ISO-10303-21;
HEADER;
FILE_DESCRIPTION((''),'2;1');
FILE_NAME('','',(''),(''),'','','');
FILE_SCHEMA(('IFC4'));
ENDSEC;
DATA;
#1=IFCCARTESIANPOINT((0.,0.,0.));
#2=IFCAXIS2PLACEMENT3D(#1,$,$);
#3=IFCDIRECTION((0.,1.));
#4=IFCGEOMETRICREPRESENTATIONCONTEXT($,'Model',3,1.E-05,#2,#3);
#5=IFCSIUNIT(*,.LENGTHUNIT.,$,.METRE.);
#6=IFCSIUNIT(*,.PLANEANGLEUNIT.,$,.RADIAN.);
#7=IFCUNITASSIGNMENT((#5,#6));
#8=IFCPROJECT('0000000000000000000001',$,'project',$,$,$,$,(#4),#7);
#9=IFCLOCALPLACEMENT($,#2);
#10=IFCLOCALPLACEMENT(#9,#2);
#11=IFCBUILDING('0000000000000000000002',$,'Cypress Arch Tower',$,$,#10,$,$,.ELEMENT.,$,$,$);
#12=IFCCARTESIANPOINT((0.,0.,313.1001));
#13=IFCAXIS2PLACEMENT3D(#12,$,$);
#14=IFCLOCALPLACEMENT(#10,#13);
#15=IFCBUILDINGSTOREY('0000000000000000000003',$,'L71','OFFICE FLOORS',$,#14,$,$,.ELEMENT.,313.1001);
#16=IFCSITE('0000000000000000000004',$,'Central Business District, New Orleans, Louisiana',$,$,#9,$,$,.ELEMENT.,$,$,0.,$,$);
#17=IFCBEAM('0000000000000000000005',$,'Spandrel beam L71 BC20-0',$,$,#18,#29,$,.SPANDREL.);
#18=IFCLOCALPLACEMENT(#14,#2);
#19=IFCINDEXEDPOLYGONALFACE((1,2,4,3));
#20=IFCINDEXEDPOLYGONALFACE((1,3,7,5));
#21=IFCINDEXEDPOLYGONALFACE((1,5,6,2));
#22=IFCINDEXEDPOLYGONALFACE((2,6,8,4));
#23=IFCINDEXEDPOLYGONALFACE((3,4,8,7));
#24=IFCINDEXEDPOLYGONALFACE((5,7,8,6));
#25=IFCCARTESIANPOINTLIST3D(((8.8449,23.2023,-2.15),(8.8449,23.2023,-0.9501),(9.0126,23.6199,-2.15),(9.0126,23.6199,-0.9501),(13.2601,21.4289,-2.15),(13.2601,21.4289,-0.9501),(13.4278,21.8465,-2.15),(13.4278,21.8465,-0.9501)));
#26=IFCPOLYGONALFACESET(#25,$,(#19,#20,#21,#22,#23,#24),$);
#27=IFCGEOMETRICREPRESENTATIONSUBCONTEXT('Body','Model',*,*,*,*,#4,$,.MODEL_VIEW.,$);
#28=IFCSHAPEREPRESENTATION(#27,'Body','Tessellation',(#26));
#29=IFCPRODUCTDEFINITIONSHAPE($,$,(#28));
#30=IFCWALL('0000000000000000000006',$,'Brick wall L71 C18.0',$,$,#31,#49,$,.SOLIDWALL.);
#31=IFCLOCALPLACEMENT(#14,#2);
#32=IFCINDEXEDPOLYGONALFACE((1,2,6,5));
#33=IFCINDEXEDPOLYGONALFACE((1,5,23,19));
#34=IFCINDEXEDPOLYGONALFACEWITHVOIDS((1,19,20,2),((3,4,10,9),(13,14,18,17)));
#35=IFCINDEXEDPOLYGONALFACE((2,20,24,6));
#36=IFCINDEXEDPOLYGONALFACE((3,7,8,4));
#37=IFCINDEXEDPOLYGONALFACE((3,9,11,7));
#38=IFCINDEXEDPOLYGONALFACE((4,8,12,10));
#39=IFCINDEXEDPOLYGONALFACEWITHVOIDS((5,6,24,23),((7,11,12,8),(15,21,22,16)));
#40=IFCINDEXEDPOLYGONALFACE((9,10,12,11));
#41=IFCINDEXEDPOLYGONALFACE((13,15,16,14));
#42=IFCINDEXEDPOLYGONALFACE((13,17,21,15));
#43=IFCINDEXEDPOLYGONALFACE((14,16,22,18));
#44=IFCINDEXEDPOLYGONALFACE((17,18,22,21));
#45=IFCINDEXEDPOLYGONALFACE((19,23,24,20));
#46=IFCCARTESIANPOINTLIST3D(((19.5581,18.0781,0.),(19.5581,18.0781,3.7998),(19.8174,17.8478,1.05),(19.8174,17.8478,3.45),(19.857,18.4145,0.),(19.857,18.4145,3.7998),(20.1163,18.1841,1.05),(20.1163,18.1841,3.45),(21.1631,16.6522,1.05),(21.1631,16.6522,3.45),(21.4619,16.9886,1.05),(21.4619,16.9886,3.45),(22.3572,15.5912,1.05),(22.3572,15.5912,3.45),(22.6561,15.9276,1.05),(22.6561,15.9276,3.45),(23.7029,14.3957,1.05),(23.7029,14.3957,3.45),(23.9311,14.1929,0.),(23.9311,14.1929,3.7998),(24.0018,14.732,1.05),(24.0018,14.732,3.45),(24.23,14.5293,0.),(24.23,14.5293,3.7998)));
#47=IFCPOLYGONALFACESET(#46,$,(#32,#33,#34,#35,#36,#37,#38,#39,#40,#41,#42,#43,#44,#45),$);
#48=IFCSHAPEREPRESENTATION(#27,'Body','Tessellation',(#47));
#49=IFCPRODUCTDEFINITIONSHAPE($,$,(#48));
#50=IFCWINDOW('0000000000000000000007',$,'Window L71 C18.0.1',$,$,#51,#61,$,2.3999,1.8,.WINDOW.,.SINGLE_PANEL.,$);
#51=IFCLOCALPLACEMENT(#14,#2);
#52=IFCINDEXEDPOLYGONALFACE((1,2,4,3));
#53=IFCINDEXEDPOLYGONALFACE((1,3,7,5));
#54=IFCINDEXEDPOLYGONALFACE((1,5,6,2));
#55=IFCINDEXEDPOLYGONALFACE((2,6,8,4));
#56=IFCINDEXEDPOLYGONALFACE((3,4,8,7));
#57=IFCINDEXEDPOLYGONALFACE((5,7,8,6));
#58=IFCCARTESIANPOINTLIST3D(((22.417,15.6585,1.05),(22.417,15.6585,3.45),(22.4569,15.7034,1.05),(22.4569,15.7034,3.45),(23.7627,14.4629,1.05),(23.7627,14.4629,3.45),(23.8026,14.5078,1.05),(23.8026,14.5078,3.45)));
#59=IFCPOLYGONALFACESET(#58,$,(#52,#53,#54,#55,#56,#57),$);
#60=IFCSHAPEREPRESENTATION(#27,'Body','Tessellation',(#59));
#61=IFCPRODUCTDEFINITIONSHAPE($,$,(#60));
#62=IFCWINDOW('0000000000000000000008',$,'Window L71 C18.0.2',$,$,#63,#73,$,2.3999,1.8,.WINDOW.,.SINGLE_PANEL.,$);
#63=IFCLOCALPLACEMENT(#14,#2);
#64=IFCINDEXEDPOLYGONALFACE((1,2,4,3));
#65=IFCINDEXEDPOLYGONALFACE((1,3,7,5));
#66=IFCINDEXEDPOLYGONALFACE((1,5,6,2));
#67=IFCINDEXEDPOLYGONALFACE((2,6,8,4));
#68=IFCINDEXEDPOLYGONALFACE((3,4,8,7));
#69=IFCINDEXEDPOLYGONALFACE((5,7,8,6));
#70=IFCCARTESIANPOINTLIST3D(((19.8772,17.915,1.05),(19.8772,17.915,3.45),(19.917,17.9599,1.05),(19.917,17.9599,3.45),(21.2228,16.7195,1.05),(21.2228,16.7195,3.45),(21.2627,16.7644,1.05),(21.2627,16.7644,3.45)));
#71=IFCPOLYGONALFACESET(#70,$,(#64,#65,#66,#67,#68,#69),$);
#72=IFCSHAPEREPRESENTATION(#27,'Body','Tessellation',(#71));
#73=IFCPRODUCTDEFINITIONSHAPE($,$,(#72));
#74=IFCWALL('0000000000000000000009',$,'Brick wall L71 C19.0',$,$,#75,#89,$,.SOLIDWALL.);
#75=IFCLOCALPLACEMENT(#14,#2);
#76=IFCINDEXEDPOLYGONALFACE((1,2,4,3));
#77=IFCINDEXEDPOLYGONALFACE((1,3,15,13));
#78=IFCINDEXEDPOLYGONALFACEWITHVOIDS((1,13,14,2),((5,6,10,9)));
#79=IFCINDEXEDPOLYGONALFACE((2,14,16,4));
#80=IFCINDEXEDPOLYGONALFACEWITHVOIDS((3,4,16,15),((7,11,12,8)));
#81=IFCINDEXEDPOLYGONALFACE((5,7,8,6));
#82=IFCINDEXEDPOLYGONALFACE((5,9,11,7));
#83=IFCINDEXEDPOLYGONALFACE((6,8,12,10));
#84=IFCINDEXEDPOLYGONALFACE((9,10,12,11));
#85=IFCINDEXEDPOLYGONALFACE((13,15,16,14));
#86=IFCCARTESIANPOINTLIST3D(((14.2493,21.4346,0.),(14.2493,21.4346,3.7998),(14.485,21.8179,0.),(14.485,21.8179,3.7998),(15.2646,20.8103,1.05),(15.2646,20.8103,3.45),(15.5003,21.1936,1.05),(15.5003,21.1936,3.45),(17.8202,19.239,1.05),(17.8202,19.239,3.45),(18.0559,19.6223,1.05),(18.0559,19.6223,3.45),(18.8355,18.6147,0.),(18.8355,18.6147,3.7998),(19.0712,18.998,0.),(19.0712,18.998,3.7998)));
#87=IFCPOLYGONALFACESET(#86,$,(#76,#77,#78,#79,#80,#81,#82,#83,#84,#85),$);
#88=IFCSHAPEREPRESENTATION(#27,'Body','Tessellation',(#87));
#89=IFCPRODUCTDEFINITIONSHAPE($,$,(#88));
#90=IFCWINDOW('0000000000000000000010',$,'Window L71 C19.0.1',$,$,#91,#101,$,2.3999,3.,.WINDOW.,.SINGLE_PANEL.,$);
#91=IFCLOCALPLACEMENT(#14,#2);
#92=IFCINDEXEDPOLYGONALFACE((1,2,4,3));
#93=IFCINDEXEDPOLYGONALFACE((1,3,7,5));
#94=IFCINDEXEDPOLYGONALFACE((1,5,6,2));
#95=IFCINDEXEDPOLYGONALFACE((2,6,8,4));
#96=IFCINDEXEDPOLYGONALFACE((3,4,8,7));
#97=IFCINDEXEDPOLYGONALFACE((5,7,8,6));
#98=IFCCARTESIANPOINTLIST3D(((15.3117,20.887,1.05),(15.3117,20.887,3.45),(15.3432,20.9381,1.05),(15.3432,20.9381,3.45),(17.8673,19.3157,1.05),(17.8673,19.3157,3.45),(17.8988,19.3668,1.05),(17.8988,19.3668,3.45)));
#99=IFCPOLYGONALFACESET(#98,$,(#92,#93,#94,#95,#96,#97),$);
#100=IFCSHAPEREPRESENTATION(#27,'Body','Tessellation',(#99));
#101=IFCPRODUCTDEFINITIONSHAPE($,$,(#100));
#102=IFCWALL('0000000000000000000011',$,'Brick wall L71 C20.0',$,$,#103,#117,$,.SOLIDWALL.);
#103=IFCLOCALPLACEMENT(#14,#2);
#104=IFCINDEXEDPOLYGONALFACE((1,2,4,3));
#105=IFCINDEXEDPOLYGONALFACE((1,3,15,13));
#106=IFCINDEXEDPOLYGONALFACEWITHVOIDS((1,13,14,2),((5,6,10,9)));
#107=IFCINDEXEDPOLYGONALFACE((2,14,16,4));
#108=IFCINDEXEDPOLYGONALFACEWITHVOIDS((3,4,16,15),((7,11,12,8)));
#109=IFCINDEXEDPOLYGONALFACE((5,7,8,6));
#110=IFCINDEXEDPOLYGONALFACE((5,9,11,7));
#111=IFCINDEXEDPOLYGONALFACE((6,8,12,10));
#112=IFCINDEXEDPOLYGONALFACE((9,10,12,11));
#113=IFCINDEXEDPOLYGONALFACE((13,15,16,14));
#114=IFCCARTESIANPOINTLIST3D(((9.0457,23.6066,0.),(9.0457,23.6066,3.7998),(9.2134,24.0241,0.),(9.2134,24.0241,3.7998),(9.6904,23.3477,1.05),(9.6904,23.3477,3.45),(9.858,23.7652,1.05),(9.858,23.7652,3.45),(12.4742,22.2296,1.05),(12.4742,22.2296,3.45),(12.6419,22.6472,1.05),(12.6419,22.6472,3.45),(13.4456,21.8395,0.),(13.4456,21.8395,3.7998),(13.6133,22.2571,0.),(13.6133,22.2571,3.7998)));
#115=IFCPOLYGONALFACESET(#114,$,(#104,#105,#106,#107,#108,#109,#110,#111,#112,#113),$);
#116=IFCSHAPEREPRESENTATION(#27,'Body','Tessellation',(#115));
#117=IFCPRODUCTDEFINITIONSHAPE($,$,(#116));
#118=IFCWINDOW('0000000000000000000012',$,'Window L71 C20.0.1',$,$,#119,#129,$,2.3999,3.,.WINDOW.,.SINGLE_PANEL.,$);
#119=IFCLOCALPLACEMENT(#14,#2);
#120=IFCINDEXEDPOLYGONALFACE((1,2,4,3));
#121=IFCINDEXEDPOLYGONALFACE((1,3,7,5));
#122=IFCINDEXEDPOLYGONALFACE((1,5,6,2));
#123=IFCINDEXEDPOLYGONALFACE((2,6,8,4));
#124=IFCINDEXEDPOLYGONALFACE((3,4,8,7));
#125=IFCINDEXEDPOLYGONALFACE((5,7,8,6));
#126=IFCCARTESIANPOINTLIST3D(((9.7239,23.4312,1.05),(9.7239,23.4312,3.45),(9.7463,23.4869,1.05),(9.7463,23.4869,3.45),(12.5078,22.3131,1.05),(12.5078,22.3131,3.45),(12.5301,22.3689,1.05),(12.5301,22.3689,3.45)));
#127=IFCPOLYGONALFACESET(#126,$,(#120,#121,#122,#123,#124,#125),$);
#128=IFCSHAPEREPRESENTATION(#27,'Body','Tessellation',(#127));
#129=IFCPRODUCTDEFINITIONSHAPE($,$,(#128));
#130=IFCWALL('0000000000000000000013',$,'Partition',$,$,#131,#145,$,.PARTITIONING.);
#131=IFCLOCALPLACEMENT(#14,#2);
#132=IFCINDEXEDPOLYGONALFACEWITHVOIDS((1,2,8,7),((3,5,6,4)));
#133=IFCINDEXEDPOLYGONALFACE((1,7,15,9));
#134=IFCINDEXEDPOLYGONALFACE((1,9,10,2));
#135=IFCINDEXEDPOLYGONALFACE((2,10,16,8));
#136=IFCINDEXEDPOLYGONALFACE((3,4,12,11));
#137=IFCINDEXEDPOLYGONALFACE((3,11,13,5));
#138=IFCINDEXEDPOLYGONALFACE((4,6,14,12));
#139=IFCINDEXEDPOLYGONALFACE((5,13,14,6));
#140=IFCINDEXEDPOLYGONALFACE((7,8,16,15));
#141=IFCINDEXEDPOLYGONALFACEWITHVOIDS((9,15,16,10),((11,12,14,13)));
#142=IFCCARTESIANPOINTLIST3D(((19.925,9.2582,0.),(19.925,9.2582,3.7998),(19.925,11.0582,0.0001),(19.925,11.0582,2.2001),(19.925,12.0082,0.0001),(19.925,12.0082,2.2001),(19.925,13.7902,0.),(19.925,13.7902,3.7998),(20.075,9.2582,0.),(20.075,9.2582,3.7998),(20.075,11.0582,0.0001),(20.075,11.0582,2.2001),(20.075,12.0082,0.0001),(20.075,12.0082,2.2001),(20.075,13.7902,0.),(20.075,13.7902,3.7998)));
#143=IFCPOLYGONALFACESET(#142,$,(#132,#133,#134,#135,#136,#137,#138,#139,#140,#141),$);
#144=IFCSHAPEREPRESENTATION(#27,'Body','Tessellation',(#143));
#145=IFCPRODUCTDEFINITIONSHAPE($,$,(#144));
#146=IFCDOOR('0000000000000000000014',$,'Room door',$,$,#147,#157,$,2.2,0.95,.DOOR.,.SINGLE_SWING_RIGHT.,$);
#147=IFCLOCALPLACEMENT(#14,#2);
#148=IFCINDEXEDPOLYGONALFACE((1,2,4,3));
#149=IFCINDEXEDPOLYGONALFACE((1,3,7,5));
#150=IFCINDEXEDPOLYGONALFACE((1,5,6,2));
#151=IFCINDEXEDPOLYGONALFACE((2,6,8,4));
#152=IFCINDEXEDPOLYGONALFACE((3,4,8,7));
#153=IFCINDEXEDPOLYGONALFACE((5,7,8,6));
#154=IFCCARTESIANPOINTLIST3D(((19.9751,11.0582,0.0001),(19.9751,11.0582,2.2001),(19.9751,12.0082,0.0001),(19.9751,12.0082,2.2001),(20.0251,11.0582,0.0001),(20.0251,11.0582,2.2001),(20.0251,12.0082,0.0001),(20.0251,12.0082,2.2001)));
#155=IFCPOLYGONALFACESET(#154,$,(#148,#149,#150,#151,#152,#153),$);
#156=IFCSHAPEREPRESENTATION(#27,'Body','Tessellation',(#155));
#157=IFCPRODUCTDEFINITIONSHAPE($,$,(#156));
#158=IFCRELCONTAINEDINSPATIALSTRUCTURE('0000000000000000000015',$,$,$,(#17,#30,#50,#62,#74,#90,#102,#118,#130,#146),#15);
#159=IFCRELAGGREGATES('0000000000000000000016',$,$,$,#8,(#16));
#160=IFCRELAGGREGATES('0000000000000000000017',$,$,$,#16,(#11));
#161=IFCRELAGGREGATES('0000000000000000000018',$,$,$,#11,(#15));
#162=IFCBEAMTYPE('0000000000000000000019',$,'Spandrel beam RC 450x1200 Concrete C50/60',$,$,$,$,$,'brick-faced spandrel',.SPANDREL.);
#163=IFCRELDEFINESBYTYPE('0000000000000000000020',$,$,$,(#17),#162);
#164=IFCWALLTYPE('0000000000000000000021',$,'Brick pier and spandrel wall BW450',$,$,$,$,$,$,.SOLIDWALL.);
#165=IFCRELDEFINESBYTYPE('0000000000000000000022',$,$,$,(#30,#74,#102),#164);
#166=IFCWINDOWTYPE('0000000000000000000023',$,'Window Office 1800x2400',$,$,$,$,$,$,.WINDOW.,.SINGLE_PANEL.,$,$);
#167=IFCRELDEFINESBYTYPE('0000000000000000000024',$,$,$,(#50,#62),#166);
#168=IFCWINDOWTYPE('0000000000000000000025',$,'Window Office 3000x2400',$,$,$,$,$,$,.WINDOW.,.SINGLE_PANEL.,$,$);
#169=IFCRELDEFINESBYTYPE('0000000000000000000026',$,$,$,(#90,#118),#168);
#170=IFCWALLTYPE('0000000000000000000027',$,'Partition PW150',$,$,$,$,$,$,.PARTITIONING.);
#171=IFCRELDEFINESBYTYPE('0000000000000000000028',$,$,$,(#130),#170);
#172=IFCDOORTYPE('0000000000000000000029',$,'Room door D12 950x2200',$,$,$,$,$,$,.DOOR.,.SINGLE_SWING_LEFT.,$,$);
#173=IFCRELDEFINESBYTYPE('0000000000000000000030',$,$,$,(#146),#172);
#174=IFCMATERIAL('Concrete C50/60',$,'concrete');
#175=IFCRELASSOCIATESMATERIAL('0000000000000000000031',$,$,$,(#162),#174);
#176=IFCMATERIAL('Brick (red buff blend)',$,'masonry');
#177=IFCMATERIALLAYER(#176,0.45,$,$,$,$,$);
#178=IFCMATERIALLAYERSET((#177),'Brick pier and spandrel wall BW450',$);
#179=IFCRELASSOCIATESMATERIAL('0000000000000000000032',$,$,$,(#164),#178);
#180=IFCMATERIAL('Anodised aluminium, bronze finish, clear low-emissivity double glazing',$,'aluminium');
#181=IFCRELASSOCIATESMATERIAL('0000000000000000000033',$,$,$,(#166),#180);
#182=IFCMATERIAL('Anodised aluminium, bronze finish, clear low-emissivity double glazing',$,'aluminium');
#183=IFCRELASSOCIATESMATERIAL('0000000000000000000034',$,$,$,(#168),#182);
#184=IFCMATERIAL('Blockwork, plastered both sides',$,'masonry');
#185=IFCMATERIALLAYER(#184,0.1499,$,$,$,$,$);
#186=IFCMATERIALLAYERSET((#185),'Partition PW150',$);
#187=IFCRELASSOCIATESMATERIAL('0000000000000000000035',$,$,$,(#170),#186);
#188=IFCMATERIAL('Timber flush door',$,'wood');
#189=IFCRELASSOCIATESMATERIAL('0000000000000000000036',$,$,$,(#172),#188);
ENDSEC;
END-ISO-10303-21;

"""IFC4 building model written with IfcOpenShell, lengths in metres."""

from ifc_helpers import new_model, si_unit, direction, frame, frame_2d, origin, origin_2d, place, context, subcontext, project, spatial, rectangle, extrude, material, layer, layer_set, material_profile, profile_set, type_object, element, fill, save


model = new_model("IFC4")

# Units and contexts
model_context = context("Model", 3, precision=1e-05, world=origin(), true_north=direction((0.0, 1.0)))
body_context = subcontext(model_context, "Body", "Model", "MODEL_VIEW")
ifc_project = project(units=[si_unit("LENGTHUNIT", "METRE"), si_unit("PLANEANGLEUNIT", "RADIAN")], contexts=[model_context])

# Site, building, storey
site_placement = place(None, origin())
site = spatial("IfcSite", under=ifc_project, at=site_placement, Name="Central Business District, New Orleans, Louisiana", CompositionType="ELEMENT", RefElevation=0.0)
building_placement = place(site_placement, origin())
building = spatial("IfcBuilding", under=site, at=building_placement, Name="Cypress Arch Tower", CompositionType="ELEMENT")
storey_placement = place(building_placement, frame((0.0, 0.0, 313.1001)))
storey = spatial("IfcBuildingStorey", under=building, at=storey_placement, Name="L71", Description="OFFICE FLOORS", CompositionType="ELEMENT", Elevation=313.1001)

# Beam
ifc_material_1 = material(Name="Concrete C50/60", Category="concrete")
ifc_material_profile_1 = material_profile(ifc_material_1, rectangle(XDim=0.45, YDim=1.2, at=origin_2d()), Name="RC 450x1200")
ifc_profile_set_1 = profile_set([ifc_material_profile_1], Name="Concrete C50/60")
beam_type = type_object("IfcBeamType", Name="Spandrel beam RC 450x1200 Concrete C50/60", ElementType="brick-faced spandrel", PredefinedType="SPANDREL", material=ifc_profile_set_1)
beam_1_placement = place(storey_placement, frame((13.344, 21.6377, -1.55), z_axis=(-0.927945, 0.372717, 0.0), x_axis=(-0.372717, -0.927945, 0.0)))
element("IfcBeam", 1, at=beam_1_placement, inside=storey, type_object=beam_type, Name="Spandrel beam L71 BC20-0", PredefinedType="SPANDREL", context=body_context, shape_type="SweptSolid", body=[
    extrude(rectangle(XDim=0.45, YDim=1.2, at=origin_2d()), origin(), (0.0, 0.0, 1.0), 4.7581),
])

# Wall, openings, windows
ifc_material_2 = material(Name="Brick (red buff blend)", Category="masonry")
ifc_layer_1 = layer(ifc_material_2, 0.45)
ifc_layer_set_1 = layer_set([ifc_layer_1], Name="Brick pier and spandrel wall BW450")
wall_type_1 = type_object("IfcWallType", Name="Brick pier and spandrel wall BW450", PredefinedType="SOLIDWALL", material=ifc_layer_set_1)
wall_1_placement = place(storey_placement, frame((24.0806, 14.3611, 0.0), z_axis=(0.0, 0.0, 1.0), x_axis=(-0.74757, 0.664182, 0.0)))
wall_1 = element("IfcWall", 2, at=wall_1_placement, inside=storey, type_object=wall_type_1, Name="Brick wall L71 C18.0", PredefinedType="SOLIDWALL", context=body_context, shape_type="SweptSolid", body=[
    extrude(rectangle(XDim=5.8496, YDim=0.45, at=frame_2d((2.9248, 0.0))), origin(), (0.0, 0.0, 1.0), 3.7998),
])
opening_1_placement = place(wall_1_placement, frame((0.3054, 0.0, 1.05)))
opening_1 = element("IfcOpeningElement", 3, at=opening_1_placement, cuts=wall_1, PredefinedType="OPENING", context=body_context, shape_type="SweptSolid", body=[
    extrude(rectangle(XDim=1.8, YDim=2.3999, at=frame_2d((0.8999, 1.2))), frame((0.0, 0.2349, 0.0), z_axis=(0.0, -1.0, 0.0), x_axis=(1.0, 0.0, 0.0)), (0.0, 0.0, 1.0), 0.47),
])
opening_2_placement = place(wall_1_placement, frame((3.7029, 0.0, 1.05)))
opening_2 = element("IfcOpeningElement", 4, at=opening_2_placement, cuts=wall_1, PredefinedType="OPENING", context=body_context, shape_type="SweptSolid", body=[
    extrude(rectangle(XDim=1.8, YDim=2.3999, at=frame_2d((0.8999, 1.2))), frame((0.0, 0.2349, 0.0), z_axis=(0.0, -1.0, 0.0), x_axis=(1.0, 0.0, 0.0)), (0.0, 0.0, 1.0), 0.47),
])
ifc_material_3 = material(Name="Anodised aluminium, bronze finish, clear low-emissivity double glazing", Category="aluminium")
window_type_1 = type_object("IfcWindowType", Name="Window Office 1800x2400", PartitioningType="SINGLE_PANEL", PredefinedType="WINDOW", material=ifc_material_3)
window_1_placement = place(opening_1_placement, origin())
window_1 = element("IfcWindow", 5, at=window_1_placement, inside=storey, type_object=window_type_1, Name="Window L71 C18.0.1", OverallHeight=2.3999, OverallWidth=1.8, PartitioningType="SINGLE_PANEL", PredefinedType="WINDOW", context=body_context, shape_type="SweptSolid", body=[
    extrude(rectangle(XDim=1.8, YDim=2.3999, at=frame_2d((0.8999, 1.2))), frame((0.0, 0.135, 0.0), z_axis=(0.0, -1.0, 0.0), x_axis=(1.0, 0.0, 0.0)), (0.0, 0.0, 1.0), 0.0601),
])
fill(opening_1, window_1)
window_2_placement = place(opening_2_placement, origin())
window_2 = element("IfcWindow", 6, at=window_2_placement, inside=storey, type_object=window_type_1, Name="Window L71 C18.0.2", OverallHeight=2.3999, OverallWidth=1.8, PartitioningType="SINGLE_PANEL", PredefinedType="WINDOW", context=body_context, shape_type="SweptSolid", body=[
    extrude(rectangle(XDim=1.8, YDim=2.3999, at=frame_2d((0.8999, 1.2))), frame((0.0, 0.135, 0.0), z_axis=(0.0, -1.0, 0.0), x_axis=(1.0, 0.0, 0.0)), (0.0, 0.0, 1.0), 0.0601),
])
fill(opening_2, window_2)

# Walls, openings, windows
wall_2_placement = place(storey_placement, frame((18.9534, 18.8064, 0.0), z_axis=(0.0, 0.0, 1.0), x_axis=(-0.851861, 0.523768, 0.0)))
wall_2 = element("IfcWall", 7, at=wall_2_placement, inside=storey, type_object=wall_type_1, Name="Brick wall L71 C19.0", PredefinedType="SOLIDWALL", context=body_context, shape_type="SweptSolid", body=[
    extrude(rectangle(XDim=5.3838, YDim=0.45, at=frame_2d((2.6919, 0.0))), origin(), (0.0, 0.0, 1.0), 3.7998),
])
opening_3_placement = place(wall_2_placement, frame((1.1919, 0.0, 1.05)))
opening_3 = element("IfcOpeningElement", 8, at=opening_3_placement, cuts=wall_2, PredefinedType="OPENING", context=body_context, shape_type="SweptSolid", body=[
    extrude(rectangle(XDim=3.0, YDim=2.3999, at=frame_2d((1.5, 1.2))), frame((0.0, 0.2349, 0.0), z_axis=(0.0, -1.0, 0.0), x_axis=(1.0, 0.0, 0.0)), (0.0, 0.0, 1.0), 0.47),
])
ifc_material_4 = material(Name="Anodised aluminium, bronze finish, clear low-emissivity double glazing", Category="aluminium")
window_type_2 = type_object("IfcWindowType", Name="Window Office 3000x2400", PartitioningType="SINGLE_PANEL", PredefinedType="WINDOW", material=ifc_material_4)
window_3_placement = place(opening_3_placement, origin())
window_3 = element("IfcWindow", 9, at=window_3_placement, inside=storey, type_object=window_type_2, Name="Window L71 C19.0.1", OverallHeight=2.3999, OverallWidth=3.0, PartitioningType="SINGLE_PANEL", PredefinedType="WINDOW", context=body_context, shape_type="SweptSolid", body=[
    extrude(rectangle(XDim=3.0, YDim=2.3999, at=frame_2d((1.5, 1.2))), frame((0.0, 0.135, 0.0), z_axis=(0.0, -1.0, 0.0), x_axis=(1.0, 0.0, 0.0)), (0.0, 0.0, 1.0), 0.0601),
])
fill(opening_3, window_3)
wall_3_placement = place(storey_placement, frame((13.5293, 22.0483, 0.0), z_axis=(0.0, 0.0, 1.0), x_axis=(-0.927957, 0.372686, 0.0)))
wall_3 = element("IfcWall", 10, at=wall_3_placement, inside=storey, type_object=wall_type_1, Name="Brick wall L71 C20.0", PredefinedType="SOLIDWALL", context=body_context, shape_type="SweptSolid", body=[
    extrude(rectangle(XDim=4.7415, YDim=0.45, at=frame_2d((2.3706, 0.0))), origin(), (0.0, 0.0, 1.0), 3.7998),
])
opening_4_placement = place(wall_3_placement, frame((1.0466, 0.0, 1.05)))
opening_4 = element("IfcOpeningElement", 11, at=opening_4_placement, cuts=wall_3, PredefinedType="OPENING", context=body_context, shape_type="SweptSolid", body=[
    extrude(rectangle(XDim=3.0, YDim=2.3999, at=frame_2d((1.5, 1.2))), frame((0.0, 0.2349, 0.0), z_axis=(0.0, -1.0, 0.0), x_axis=(1.0, 0.0, 0.0)), (0.0, 0.0, 1.0), 0.47),
])
window_4_placement = place(opening_4_placement, origin())
window_4 = element("IfcWindow", 12, at=window_4_placement, inside=storey, type_object=window_type_2, Name="Window L71 C20.0.1", OverallHeight=2.3999, OverallWidth=3.0, PartitioningType="SINGLE_PANEL", PredefinedType="WINDOW", context=body_context, shape_type="SweptSolid", body=[
    extrude(rectangle(XDim=3.0, YDim=2.3999, at=frame_2d((1.5, 1.2))), frame((0.0, 0.135, 0.0), z_axis=(0.0, -1.0, 0.0), x_axis=(1.0, 0.0, 0.0)), (0.0, 0.0, 1.0), 0.0601),
])
fill(opening_4, window_4)

# Wall, opening, door
ifc_material_5 = material(Name="Blockwork, plastered both sides", Category="masonry")
ifc_layer_2 = layer(ifc_material_5, 0.1499)
ifc_layer_set_2 = layer_set([ifc_layer_2], Name="Partition PW150")
wall_type_2 = type_object("IfcWallType", Name="Partition PW150", PredefinedType="PARTITIONING", material=ifc_layer_set_2)
wall_4_placement = place(storey_placement, frame((20.0, 9.2581, 0.0), z_axis=(0.0, 0.0, 1.0), x_axis=(0.0, 1.0, 0.0)))
wall_4 = element("IfcWall", 13, at=wall_4_placement, inside=storey, type_object=wall_type_2, Name="Partition", PredefinedType="PARTITIONING", context=body_context, shape_type="SweptSolid", body=[
    extrude(rectangle(XDim=4.532, YDim=0.1499, at=frame_2d((2.2661, 0.0))), origin(), (0.0, 0.0, 1.0), 3.7998),
])
opening_5_placement = place(wall_4_placement, frame((1.8, 0.0, 0.0)))
opening_5 = element("IfcOpeningElement", 14, at=opening_5_placement, cuts=wall_4, PredefinedType="OPENING", context=body_context, shape_type="SweptSolid", body=[
    extrude(rectangle(XDim=0.95, YDim=2.2, at=frame_2d((0.4751, 1.1001))), frame((0.0, 0.085, 0.0), z_axis=(0.0, -1.0, 0.0), x_axis=(1.0, 0.0, 0.0)), (0.0, 0.0, 1.0), 0.1699),
])
ifc_material_6 = material(Name="Timber flush door", Category="wood")
door_type_1 = type_object("IfcDoorType", Name="Room door D12 950x2200", OperationType="SINGLE_SWING_LEFT", PredefinedType="DOOR", material=ifc_material_6)
door_1_placement = place(opening_5_placement, origin())
door_1 = element("IfcDoor", 15, at=door_1_placement, inside=storey, type_object=door_type_1, Name="Room door", OperationType="SINGLE_SWING_RIGHT", OverallHeight=2.2, OverallWidth=0.95, PredefinedType="DOOR", context=body_context, shape_type="SweptSolid", body=[
    extrude(rectangle(XDim=0.95, YDim=2.2, at=frame_2d((0.4751, 1.1001))), frame((0.0, 0.0249, 0.0), z_axis=(0.0, -1.0, 0.0), x_axis=(1.0, 0.0, 0.0)), (0.0, 0.0, 1.0), 0.05),
])
fill(opening_5, door_1)

save(model, "model.ifc")
